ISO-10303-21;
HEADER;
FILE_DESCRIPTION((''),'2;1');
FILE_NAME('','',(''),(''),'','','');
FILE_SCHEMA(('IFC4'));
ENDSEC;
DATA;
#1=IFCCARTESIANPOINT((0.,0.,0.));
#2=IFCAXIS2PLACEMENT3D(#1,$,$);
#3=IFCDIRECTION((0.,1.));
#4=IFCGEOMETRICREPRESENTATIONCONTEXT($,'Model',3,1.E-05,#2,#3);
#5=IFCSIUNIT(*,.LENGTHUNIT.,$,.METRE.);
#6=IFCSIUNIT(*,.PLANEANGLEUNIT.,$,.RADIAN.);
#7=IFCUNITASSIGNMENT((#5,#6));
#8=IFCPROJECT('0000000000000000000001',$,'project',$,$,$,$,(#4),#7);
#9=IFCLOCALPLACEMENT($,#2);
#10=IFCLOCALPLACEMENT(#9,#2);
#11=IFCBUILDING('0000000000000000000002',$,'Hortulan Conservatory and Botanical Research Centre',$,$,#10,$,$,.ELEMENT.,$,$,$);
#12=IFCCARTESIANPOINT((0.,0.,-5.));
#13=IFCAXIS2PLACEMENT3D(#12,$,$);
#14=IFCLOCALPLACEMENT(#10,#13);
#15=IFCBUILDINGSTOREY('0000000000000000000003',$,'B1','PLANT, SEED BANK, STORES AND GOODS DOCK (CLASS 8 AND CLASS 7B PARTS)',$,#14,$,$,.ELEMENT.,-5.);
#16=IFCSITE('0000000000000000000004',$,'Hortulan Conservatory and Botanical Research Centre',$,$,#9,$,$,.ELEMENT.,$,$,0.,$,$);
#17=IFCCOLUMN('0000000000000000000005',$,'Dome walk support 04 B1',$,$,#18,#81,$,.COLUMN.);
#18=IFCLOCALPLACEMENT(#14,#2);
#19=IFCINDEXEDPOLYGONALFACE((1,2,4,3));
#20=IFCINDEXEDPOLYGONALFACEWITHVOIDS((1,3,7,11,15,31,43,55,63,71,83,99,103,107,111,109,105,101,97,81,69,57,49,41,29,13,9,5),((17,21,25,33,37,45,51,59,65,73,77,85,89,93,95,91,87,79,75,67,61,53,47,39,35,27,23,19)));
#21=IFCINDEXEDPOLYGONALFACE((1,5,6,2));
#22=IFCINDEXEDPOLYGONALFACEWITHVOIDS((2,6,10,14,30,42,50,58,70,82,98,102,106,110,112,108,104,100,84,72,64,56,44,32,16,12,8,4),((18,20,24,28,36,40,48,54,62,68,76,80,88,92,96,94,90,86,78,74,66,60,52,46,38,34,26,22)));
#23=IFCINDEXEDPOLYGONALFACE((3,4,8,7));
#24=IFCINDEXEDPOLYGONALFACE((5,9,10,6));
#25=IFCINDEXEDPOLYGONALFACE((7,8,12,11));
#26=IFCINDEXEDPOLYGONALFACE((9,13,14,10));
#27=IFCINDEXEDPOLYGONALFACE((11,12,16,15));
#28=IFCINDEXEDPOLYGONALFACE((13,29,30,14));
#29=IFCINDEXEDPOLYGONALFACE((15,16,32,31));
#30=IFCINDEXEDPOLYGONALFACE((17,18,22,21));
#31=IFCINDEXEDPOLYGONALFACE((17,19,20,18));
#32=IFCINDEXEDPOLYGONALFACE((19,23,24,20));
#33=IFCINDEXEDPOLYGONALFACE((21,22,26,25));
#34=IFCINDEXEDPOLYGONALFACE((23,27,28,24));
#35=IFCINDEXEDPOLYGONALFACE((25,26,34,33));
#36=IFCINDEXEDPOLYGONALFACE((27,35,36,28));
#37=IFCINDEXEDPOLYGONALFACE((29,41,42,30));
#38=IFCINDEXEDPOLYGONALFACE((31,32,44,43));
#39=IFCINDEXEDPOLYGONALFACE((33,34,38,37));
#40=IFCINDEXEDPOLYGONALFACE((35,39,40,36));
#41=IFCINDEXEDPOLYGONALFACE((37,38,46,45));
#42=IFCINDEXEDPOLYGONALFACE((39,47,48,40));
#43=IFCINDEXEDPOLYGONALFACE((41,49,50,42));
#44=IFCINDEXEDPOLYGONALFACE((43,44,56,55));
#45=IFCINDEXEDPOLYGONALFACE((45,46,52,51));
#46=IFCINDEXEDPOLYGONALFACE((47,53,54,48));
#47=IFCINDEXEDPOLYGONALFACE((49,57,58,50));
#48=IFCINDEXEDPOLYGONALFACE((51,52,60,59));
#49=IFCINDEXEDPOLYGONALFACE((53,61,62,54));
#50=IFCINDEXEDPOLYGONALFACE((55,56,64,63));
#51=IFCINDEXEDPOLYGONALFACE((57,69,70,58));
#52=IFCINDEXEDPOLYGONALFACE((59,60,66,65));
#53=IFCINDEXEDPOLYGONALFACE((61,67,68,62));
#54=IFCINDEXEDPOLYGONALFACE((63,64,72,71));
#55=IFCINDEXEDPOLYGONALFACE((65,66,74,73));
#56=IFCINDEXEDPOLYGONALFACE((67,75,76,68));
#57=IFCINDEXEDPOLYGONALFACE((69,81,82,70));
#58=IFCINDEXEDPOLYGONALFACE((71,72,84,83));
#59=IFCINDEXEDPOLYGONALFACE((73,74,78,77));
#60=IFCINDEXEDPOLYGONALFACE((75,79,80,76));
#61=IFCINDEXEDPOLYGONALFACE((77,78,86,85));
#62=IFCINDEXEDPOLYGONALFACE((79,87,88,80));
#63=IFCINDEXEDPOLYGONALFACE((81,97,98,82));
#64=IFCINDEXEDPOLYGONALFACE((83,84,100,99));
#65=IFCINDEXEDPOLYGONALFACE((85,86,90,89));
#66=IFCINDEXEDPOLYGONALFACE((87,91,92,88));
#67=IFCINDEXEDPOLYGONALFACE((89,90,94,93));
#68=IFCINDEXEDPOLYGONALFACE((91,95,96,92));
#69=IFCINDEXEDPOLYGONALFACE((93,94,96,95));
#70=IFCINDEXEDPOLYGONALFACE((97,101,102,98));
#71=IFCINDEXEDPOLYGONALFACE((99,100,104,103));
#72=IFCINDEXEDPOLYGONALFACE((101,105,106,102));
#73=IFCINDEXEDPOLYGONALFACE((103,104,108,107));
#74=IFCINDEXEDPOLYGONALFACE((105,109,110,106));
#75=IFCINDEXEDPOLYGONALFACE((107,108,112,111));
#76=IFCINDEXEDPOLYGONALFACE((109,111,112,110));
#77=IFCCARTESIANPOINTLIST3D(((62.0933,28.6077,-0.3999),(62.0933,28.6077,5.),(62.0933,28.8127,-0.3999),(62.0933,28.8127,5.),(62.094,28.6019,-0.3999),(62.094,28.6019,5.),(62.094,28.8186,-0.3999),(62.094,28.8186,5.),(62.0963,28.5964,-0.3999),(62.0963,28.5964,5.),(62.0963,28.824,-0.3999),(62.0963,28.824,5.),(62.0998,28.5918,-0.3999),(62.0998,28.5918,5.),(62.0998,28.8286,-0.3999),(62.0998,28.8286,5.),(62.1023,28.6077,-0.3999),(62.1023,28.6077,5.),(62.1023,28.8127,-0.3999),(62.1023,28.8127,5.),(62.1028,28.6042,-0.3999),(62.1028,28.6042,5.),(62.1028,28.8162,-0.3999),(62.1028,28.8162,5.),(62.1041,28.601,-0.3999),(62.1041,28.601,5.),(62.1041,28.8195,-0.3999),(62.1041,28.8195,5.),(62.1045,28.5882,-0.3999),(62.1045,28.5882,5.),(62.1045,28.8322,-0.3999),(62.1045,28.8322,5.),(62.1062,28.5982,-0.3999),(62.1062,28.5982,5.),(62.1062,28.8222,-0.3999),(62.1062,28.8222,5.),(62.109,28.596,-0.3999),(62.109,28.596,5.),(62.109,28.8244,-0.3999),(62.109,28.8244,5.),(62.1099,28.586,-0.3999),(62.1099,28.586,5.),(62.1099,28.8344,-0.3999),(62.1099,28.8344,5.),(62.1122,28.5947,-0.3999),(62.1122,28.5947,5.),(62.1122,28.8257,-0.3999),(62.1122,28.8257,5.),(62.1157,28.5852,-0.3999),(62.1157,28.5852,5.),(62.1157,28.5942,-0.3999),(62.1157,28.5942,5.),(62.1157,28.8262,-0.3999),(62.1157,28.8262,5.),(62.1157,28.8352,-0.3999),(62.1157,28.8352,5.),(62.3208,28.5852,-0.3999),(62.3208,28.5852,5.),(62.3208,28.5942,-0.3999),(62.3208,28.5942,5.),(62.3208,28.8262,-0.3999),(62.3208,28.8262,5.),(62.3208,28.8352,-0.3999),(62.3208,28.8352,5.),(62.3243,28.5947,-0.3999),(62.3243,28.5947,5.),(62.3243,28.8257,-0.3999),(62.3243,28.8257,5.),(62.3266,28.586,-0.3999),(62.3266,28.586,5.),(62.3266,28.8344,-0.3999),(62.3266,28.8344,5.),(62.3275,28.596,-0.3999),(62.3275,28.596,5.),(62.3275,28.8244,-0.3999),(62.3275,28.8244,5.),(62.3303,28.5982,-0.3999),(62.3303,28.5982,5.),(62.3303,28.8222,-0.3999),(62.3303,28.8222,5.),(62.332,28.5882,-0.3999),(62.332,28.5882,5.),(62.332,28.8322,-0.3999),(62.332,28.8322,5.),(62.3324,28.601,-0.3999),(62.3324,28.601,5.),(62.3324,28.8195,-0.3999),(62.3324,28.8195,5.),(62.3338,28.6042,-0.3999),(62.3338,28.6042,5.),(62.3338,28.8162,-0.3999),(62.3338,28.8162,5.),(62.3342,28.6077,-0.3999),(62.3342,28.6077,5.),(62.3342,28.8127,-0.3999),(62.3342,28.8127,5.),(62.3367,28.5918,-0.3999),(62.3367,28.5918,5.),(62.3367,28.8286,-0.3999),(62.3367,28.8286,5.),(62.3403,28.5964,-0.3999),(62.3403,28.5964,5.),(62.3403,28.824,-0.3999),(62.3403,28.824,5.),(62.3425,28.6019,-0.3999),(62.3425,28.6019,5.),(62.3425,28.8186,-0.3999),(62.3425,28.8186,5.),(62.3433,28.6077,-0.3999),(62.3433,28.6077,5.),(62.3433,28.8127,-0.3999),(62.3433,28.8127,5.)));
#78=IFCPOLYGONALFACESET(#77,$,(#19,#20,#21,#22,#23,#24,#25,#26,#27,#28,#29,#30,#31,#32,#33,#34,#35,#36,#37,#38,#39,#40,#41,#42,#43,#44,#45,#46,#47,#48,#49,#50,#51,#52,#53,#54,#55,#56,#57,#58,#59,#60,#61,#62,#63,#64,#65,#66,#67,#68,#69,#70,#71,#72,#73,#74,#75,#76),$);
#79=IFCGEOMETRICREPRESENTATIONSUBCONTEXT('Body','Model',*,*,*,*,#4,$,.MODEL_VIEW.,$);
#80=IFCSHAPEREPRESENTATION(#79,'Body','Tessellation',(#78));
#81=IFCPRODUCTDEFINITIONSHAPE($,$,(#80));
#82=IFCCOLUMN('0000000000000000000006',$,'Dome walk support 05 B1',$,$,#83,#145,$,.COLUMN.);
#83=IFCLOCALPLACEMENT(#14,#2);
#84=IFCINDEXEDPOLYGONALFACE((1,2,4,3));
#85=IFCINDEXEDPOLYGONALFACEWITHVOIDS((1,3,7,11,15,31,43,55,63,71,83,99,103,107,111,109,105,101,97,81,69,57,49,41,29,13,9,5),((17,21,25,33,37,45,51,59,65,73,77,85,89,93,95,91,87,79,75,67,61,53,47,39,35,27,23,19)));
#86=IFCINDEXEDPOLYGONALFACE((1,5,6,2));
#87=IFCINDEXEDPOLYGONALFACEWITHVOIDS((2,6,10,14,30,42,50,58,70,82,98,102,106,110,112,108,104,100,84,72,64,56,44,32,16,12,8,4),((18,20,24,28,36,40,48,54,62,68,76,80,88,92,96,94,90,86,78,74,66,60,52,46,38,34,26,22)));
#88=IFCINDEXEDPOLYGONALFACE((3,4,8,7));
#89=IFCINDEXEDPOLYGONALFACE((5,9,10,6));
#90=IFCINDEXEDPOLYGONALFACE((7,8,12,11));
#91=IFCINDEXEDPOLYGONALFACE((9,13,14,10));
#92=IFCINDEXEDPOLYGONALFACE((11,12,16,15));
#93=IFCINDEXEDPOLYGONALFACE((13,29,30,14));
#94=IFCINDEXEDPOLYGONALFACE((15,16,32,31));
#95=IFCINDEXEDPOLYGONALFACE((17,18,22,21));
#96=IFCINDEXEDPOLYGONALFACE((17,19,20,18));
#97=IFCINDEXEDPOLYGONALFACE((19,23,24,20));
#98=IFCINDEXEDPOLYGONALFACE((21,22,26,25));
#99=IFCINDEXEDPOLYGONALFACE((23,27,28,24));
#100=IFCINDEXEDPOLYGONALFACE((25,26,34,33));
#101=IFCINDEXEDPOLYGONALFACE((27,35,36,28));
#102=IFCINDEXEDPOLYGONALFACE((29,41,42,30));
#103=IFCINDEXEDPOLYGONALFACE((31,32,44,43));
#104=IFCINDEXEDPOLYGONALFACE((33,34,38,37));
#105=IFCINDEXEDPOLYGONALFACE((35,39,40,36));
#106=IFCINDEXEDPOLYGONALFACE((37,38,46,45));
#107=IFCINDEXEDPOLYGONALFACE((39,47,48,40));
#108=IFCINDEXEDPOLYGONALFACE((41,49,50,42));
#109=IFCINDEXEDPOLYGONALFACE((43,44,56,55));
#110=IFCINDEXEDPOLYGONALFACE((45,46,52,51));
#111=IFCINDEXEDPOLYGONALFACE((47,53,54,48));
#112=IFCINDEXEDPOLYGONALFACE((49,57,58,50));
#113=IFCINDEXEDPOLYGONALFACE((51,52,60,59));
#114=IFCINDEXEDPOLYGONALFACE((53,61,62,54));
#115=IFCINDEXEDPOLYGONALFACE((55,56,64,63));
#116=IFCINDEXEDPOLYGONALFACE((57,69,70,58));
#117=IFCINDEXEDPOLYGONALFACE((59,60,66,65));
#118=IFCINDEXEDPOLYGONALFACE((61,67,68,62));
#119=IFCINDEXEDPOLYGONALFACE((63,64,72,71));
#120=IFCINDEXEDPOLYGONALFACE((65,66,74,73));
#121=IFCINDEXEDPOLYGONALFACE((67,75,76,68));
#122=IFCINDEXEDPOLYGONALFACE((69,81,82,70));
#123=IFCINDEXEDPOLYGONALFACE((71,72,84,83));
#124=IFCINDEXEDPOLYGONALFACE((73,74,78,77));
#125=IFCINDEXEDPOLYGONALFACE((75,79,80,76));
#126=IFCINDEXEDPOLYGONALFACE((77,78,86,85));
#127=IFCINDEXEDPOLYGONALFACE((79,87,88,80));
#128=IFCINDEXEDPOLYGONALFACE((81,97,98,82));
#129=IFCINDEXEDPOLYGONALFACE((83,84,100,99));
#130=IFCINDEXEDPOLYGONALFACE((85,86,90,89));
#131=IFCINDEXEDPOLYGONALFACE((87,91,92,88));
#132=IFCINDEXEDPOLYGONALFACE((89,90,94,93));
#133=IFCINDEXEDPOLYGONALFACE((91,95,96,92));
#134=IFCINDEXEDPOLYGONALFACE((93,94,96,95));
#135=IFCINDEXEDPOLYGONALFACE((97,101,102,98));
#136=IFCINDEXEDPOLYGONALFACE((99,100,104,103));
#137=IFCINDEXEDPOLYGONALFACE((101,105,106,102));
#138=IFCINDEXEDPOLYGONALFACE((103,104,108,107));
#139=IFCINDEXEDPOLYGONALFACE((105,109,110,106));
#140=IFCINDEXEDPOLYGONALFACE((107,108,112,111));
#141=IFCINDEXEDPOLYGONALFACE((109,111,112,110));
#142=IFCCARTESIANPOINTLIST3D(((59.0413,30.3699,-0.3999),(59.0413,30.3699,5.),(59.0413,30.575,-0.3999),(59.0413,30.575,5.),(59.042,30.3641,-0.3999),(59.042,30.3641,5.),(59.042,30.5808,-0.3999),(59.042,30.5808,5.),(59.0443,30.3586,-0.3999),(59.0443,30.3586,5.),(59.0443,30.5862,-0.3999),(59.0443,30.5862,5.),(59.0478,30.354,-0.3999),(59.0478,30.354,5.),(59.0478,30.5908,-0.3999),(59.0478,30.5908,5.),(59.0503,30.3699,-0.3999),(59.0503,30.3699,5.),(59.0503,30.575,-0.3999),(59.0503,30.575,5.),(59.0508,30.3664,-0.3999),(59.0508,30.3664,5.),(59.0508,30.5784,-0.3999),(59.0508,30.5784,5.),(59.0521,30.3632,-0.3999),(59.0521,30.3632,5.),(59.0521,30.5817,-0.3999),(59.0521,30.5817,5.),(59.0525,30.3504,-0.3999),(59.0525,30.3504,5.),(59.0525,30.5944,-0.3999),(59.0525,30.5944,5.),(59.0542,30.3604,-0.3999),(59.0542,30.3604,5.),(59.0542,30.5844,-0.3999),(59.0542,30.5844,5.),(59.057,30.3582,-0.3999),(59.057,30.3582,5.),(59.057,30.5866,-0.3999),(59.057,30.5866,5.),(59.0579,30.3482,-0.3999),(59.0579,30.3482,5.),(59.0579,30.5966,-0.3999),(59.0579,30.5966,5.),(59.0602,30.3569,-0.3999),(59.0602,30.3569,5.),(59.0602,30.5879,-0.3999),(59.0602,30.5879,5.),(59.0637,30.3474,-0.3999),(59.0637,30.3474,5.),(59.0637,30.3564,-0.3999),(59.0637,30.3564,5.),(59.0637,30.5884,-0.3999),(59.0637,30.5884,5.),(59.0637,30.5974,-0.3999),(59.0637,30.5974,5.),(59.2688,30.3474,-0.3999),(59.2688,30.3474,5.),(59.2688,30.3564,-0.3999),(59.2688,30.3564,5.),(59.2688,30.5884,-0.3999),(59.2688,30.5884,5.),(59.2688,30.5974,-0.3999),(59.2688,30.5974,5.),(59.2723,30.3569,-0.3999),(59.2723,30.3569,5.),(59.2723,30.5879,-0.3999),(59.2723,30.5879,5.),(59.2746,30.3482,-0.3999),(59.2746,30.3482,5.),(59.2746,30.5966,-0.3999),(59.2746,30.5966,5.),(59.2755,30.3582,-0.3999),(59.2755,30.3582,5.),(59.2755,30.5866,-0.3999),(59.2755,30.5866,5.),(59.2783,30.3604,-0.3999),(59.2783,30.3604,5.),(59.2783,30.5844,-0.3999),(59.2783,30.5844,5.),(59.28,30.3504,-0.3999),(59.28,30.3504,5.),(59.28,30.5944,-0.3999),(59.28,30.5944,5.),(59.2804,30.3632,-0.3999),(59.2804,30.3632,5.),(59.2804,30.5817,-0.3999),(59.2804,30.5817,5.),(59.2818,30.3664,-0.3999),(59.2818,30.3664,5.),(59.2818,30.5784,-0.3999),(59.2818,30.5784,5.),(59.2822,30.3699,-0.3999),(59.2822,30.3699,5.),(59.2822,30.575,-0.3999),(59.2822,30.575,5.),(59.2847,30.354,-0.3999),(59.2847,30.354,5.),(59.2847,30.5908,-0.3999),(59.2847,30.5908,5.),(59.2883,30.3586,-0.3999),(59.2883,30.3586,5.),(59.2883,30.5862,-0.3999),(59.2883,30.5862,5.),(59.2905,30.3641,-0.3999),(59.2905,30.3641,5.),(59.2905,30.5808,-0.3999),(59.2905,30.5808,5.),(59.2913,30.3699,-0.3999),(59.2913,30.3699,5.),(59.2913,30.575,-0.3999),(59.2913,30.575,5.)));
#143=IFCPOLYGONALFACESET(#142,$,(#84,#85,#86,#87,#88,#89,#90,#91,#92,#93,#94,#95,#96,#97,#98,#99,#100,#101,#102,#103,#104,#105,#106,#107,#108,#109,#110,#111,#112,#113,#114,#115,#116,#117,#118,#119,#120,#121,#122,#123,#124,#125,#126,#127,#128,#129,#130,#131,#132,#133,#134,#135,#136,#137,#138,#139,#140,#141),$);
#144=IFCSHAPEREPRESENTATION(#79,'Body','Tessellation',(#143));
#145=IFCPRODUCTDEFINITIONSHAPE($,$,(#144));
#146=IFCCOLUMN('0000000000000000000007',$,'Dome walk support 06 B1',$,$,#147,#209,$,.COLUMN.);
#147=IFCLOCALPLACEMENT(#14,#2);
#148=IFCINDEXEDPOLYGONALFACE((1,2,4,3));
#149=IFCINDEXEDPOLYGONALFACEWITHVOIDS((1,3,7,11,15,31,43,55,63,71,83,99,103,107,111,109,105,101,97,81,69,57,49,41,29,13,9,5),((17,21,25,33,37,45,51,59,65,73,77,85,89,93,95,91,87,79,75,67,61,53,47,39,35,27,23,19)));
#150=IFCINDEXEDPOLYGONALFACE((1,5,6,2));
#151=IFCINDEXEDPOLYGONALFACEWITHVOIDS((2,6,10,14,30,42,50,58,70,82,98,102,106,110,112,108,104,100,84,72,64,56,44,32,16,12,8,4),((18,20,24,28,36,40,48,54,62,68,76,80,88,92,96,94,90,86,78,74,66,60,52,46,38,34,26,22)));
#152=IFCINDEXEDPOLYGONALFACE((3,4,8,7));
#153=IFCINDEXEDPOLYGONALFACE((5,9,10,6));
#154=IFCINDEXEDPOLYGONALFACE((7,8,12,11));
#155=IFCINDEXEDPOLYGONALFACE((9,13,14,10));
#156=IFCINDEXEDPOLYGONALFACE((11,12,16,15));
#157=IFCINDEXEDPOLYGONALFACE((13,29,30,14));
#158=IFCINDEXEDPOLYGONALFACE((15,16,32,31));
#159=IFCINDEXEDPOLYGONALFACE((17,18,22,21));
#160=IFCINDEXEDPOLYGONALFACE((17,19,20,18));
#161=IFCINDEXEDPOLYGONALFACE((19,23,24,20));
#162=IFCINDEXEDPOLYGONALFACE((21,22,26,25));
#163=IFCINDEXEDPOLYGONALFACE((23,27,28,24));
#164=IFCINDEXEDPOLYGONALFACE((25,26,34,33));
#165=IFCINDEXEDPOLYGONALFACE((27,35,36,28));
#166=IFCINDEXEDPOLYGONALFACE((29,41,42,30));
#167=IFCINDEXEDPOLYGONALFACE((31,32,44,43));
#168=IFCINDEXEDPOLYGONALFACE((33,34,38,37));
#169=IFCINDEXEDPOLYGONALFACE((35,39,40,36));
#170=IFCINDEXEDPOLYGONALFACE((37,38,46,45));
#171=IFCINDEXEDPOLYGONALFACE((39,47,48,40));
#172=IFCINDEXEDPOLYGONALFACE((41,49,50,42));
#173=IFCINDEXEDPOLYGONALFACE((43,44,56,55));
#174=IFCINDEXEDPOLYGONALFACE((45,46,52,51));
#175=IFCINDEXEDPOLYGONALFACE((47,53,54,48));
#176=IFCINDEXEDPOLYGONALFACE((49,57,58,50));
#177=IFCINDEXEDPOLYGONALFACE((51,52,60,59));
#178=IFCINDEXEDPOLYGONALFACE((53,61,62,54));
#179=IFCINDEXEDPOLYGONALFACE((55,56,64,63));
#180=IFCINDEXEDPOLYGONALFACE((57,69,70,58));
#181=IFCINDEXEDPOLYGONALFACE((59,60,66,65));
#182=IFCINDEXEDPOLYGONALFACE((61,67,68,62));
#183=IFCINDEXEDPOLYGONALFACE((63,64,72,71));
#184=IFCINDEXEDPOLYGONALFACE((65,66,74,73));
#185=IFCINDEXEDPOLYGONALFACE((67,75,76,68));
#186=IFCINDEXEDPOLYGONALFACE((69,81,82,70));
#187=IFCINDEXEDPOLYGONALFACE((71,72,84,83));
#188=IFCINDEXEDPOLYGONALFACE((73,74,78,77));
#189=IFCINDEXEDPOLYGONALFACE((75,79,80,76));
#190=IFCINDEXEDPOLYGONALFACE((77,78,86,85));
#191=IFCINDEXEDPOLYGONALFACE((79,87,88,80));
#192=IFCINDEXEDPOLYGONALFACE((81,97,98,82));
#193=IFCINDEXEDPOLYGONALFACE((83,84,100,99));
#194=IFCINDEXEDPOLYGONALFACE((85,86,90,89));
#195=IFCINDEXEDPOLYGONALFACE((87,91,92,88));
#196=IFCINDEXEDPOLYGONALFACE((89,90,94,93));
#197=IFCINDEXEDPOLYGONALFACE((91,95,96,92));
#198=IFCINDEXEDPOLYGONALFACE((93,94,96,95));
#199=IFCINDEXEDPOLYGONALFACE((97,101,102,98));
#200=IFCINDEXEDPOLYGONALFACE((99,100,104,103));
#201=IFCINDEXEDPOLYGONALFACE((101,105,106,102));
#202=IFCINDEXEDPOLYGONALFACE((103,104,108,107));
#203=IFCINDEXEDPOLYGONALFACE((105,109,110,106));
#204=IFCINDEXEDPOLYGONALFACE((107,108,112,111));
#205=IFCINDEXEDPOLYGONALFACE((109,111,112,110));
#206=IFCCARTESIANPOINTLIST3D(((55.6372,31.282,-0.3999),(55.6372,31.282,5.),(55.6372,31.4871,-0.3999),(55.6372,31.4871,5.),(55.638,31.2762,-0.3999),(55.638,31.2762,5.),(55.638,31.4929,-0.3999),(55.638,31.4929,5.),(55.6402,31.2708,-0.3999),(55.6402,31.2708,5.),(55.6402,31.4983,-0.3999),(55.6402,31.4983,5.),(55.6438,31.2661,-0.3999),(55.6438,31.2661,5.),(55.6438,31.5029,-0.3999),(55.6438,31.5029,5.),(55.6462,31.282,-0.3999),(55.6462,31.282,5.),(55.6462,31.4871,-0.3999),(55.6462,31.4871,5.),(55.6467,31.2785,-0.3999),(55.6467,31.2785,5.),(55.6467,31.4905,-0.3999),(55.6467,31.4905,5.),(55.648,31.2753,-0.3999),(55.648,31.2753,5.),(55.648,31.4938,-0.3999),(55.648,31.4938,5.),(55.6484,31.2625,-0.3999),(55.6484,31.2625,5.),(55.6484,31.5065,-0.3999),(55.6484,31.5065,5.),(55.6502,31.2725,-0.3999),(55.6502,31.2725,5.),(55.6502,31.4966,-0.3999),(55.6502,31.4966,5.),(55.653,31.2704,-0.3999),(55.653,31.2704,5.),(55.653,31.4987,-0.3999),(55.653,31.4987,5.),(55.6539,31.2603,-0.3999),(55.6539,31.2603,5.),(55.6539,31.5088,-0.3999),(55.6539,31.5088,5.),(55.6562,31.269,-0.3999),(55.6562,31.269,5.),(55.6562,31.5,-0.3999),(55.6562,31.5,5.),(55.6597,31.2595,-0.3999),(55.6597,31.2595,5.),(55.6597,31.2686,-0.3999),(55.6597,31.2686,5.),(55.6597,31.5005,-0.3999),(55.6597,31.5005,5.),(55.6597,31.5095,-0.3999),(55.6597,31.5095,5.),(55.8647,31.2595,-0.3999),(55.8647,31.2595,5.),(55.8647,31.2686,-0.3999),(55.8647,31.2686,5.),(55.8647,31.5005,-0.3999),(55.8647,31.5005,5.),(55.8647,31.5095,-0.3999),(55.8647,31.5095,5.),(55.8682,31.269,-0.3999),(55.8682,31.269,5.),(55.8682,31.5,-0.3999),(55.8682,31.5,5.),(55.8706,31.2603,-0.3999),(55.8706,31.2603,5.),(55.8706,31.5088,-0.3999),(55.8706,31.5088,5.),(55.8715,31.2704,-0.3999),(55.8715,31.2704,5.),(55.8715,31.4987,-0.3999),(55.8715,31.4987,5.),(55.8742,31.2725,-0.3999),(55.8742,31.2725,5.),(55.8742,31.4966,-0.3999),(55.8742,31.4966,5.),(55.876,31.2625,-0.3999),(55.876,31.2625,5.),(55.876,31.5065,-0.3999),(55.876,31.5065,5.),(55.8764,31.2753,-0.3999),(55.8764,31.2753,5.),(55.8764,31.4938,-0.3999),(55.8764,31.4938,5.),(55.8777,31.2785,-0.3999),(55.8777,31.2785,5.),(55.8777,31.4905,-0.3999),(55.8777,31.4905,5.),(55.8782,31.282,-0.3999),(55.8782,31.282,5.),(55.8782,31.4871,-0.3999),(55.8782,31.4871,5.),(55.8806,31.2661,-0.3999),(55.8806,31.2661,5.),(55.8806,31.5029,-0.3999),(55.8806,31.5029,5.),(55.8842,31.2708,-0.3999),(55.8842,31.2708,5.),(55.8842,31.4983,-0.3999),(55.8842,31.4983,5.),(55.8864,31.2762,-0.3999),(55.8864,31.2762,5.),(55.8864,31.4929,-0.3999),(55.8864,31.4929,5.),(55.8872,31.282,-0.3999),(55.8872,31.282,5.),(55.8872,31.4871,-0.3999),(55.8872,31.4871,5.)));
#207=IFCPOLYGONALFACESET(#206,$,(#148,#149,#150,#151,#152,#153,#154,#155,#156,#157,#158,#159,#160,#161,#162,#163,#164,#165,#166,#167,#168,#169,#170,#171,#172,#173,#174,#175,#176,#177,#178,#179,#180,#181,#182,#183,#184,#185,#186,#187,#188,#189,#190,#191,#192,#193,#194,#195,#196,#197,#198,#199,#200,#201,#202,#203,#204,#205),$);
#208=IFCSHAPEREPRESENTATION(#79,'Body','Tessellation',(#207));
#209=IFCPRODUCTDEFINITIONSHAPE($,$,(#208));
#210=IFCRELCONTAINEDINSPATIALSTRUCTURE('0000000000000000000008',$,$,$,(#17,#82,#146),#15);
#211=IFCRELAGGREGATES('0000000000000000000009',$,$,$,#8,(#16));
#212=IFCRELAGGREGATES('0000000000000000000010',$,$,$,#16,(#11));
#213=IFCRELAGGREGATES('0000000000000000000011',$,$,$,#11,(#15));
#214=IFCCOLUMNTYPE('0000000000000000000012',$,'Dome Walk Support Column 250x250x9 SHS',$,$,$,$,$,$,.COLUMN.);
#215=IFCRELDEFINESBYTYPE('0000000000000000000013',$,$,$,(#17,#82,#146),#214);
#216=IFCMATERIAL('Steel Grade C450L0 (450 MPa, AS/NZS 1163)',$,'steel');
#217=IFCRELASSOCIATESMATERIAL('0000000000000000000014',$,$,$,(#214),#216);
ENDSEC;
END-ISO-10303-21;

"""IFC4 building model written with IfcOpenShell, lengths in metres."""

from ifc_helpers import new_model, si_unit, direction, frame, origin, origin_2d, place, context, subcontext, project, spatial, hollow_rectangle, extrude, material, material_profile, profile_set, type_object, element, save


model = new_model("IFC4")

# Units and contexts
model_context = context("Model", 3, precision=1e-05, world=origin(), true_north=direction((0.0, 1.0)))
body_context = subcontext(model_context, "Body", "Model", "MODEL_VIEW")
ifc_project = project(units=[si_unit("LENGTHUNIT", "METRE"), si_unit("PLANEANGLEUNIT", "RADIAN")], contexts=[model_context])

# Site, building, storey
site_placement = place(None, origin())
site = spatial("IfcSite", under=ifc_project, at=site_placement, Name="Hortulan Conservatory and Botanical Research Centre", CompositionType="ELEMENT", RefElevation=0.0)
building_placement = place(site_placement, origin())
building = spatial("IfcBuilding", under=site, at=building_placement, Name="Hortulan Conservatory and Botanical Research Centre", CompositionType="ELEMENT")
storey_placement = place(building_placement, frame((0.0, 0.0, -5.0)))
storey = spatial("IfcBuildingStorey", under=building, at=storey_placement, Name="B1", Description="PLANT, SEED BANK, STORES AND GOODS DOCK (CLASS 8 AND CLASS 7B PARTS)", CompositionType="ELEMENT", Elevation=-5.0)

# Columns
ifc_material_1 = material(Name="Steel Grade C450L0 (450 MPa, AS/NZS 1163)", Category="steel")
ifc_material_profile_1 = material_profile(ifc_material_1, hollow_rectangle(XDim=0.25, YDim=0.25, WallThickness=0.009, InnerFilletRadius=0.0134, OuterFilletRadius=0.0225, at=origin_2d()), Name="250x250x9SHS")
ifc_profile_set_1 = profile_set([ifc_material_profile_1], Name="Steel Grade C450L0 (450 MPa, AS/NZS 1163)")
column_type_1 = type_object("IfcColumnType", Name="Dome Walk Support Column 250x250x9 SHS", PredefinedType="COLUMN", material=ifc_profile_set_1)
for number, where, z_axis, x_axis, name in (
    (1, (62.2183, 28.7102, -0.3999), (0.0, 0.0, 1.0), (1.0, 0.0, 0.0), "Dome walk support 04 B1"),
    (2, (59.1663, 30.4724, -0.3999), (0.0, 0.0, 1.0), (1.0, 0.0, 0.0), "Dome walk support 05 B1"),
    (3, (55.7622, 31.3845, -0.3999), (0.0, 0.0, 1.0), (1.0, 0.0, 0.0), "Dome walk support 06 B1"),
):
    element("IfcColumn", number, at=place(storey_placement, frame(where, z_axis=z_axis, x_axis=x_axis)), inside=storey, type_object=column_type_1, Name=name, PredefinedType="COLUMN", context=body_context, shape_type="SweptSolid", body=[
        extrude(hollow_rectangle(XDim=0.25, YDim=0.25, WallThickness=0.009, InnerFilletRadius=0.0134, OuterFilletRadius=0.0225, at=origin_2d()), origin(), (0.0, 0.0, 1.0), 5.3999),
    ])

save(model, "model.ifc")
